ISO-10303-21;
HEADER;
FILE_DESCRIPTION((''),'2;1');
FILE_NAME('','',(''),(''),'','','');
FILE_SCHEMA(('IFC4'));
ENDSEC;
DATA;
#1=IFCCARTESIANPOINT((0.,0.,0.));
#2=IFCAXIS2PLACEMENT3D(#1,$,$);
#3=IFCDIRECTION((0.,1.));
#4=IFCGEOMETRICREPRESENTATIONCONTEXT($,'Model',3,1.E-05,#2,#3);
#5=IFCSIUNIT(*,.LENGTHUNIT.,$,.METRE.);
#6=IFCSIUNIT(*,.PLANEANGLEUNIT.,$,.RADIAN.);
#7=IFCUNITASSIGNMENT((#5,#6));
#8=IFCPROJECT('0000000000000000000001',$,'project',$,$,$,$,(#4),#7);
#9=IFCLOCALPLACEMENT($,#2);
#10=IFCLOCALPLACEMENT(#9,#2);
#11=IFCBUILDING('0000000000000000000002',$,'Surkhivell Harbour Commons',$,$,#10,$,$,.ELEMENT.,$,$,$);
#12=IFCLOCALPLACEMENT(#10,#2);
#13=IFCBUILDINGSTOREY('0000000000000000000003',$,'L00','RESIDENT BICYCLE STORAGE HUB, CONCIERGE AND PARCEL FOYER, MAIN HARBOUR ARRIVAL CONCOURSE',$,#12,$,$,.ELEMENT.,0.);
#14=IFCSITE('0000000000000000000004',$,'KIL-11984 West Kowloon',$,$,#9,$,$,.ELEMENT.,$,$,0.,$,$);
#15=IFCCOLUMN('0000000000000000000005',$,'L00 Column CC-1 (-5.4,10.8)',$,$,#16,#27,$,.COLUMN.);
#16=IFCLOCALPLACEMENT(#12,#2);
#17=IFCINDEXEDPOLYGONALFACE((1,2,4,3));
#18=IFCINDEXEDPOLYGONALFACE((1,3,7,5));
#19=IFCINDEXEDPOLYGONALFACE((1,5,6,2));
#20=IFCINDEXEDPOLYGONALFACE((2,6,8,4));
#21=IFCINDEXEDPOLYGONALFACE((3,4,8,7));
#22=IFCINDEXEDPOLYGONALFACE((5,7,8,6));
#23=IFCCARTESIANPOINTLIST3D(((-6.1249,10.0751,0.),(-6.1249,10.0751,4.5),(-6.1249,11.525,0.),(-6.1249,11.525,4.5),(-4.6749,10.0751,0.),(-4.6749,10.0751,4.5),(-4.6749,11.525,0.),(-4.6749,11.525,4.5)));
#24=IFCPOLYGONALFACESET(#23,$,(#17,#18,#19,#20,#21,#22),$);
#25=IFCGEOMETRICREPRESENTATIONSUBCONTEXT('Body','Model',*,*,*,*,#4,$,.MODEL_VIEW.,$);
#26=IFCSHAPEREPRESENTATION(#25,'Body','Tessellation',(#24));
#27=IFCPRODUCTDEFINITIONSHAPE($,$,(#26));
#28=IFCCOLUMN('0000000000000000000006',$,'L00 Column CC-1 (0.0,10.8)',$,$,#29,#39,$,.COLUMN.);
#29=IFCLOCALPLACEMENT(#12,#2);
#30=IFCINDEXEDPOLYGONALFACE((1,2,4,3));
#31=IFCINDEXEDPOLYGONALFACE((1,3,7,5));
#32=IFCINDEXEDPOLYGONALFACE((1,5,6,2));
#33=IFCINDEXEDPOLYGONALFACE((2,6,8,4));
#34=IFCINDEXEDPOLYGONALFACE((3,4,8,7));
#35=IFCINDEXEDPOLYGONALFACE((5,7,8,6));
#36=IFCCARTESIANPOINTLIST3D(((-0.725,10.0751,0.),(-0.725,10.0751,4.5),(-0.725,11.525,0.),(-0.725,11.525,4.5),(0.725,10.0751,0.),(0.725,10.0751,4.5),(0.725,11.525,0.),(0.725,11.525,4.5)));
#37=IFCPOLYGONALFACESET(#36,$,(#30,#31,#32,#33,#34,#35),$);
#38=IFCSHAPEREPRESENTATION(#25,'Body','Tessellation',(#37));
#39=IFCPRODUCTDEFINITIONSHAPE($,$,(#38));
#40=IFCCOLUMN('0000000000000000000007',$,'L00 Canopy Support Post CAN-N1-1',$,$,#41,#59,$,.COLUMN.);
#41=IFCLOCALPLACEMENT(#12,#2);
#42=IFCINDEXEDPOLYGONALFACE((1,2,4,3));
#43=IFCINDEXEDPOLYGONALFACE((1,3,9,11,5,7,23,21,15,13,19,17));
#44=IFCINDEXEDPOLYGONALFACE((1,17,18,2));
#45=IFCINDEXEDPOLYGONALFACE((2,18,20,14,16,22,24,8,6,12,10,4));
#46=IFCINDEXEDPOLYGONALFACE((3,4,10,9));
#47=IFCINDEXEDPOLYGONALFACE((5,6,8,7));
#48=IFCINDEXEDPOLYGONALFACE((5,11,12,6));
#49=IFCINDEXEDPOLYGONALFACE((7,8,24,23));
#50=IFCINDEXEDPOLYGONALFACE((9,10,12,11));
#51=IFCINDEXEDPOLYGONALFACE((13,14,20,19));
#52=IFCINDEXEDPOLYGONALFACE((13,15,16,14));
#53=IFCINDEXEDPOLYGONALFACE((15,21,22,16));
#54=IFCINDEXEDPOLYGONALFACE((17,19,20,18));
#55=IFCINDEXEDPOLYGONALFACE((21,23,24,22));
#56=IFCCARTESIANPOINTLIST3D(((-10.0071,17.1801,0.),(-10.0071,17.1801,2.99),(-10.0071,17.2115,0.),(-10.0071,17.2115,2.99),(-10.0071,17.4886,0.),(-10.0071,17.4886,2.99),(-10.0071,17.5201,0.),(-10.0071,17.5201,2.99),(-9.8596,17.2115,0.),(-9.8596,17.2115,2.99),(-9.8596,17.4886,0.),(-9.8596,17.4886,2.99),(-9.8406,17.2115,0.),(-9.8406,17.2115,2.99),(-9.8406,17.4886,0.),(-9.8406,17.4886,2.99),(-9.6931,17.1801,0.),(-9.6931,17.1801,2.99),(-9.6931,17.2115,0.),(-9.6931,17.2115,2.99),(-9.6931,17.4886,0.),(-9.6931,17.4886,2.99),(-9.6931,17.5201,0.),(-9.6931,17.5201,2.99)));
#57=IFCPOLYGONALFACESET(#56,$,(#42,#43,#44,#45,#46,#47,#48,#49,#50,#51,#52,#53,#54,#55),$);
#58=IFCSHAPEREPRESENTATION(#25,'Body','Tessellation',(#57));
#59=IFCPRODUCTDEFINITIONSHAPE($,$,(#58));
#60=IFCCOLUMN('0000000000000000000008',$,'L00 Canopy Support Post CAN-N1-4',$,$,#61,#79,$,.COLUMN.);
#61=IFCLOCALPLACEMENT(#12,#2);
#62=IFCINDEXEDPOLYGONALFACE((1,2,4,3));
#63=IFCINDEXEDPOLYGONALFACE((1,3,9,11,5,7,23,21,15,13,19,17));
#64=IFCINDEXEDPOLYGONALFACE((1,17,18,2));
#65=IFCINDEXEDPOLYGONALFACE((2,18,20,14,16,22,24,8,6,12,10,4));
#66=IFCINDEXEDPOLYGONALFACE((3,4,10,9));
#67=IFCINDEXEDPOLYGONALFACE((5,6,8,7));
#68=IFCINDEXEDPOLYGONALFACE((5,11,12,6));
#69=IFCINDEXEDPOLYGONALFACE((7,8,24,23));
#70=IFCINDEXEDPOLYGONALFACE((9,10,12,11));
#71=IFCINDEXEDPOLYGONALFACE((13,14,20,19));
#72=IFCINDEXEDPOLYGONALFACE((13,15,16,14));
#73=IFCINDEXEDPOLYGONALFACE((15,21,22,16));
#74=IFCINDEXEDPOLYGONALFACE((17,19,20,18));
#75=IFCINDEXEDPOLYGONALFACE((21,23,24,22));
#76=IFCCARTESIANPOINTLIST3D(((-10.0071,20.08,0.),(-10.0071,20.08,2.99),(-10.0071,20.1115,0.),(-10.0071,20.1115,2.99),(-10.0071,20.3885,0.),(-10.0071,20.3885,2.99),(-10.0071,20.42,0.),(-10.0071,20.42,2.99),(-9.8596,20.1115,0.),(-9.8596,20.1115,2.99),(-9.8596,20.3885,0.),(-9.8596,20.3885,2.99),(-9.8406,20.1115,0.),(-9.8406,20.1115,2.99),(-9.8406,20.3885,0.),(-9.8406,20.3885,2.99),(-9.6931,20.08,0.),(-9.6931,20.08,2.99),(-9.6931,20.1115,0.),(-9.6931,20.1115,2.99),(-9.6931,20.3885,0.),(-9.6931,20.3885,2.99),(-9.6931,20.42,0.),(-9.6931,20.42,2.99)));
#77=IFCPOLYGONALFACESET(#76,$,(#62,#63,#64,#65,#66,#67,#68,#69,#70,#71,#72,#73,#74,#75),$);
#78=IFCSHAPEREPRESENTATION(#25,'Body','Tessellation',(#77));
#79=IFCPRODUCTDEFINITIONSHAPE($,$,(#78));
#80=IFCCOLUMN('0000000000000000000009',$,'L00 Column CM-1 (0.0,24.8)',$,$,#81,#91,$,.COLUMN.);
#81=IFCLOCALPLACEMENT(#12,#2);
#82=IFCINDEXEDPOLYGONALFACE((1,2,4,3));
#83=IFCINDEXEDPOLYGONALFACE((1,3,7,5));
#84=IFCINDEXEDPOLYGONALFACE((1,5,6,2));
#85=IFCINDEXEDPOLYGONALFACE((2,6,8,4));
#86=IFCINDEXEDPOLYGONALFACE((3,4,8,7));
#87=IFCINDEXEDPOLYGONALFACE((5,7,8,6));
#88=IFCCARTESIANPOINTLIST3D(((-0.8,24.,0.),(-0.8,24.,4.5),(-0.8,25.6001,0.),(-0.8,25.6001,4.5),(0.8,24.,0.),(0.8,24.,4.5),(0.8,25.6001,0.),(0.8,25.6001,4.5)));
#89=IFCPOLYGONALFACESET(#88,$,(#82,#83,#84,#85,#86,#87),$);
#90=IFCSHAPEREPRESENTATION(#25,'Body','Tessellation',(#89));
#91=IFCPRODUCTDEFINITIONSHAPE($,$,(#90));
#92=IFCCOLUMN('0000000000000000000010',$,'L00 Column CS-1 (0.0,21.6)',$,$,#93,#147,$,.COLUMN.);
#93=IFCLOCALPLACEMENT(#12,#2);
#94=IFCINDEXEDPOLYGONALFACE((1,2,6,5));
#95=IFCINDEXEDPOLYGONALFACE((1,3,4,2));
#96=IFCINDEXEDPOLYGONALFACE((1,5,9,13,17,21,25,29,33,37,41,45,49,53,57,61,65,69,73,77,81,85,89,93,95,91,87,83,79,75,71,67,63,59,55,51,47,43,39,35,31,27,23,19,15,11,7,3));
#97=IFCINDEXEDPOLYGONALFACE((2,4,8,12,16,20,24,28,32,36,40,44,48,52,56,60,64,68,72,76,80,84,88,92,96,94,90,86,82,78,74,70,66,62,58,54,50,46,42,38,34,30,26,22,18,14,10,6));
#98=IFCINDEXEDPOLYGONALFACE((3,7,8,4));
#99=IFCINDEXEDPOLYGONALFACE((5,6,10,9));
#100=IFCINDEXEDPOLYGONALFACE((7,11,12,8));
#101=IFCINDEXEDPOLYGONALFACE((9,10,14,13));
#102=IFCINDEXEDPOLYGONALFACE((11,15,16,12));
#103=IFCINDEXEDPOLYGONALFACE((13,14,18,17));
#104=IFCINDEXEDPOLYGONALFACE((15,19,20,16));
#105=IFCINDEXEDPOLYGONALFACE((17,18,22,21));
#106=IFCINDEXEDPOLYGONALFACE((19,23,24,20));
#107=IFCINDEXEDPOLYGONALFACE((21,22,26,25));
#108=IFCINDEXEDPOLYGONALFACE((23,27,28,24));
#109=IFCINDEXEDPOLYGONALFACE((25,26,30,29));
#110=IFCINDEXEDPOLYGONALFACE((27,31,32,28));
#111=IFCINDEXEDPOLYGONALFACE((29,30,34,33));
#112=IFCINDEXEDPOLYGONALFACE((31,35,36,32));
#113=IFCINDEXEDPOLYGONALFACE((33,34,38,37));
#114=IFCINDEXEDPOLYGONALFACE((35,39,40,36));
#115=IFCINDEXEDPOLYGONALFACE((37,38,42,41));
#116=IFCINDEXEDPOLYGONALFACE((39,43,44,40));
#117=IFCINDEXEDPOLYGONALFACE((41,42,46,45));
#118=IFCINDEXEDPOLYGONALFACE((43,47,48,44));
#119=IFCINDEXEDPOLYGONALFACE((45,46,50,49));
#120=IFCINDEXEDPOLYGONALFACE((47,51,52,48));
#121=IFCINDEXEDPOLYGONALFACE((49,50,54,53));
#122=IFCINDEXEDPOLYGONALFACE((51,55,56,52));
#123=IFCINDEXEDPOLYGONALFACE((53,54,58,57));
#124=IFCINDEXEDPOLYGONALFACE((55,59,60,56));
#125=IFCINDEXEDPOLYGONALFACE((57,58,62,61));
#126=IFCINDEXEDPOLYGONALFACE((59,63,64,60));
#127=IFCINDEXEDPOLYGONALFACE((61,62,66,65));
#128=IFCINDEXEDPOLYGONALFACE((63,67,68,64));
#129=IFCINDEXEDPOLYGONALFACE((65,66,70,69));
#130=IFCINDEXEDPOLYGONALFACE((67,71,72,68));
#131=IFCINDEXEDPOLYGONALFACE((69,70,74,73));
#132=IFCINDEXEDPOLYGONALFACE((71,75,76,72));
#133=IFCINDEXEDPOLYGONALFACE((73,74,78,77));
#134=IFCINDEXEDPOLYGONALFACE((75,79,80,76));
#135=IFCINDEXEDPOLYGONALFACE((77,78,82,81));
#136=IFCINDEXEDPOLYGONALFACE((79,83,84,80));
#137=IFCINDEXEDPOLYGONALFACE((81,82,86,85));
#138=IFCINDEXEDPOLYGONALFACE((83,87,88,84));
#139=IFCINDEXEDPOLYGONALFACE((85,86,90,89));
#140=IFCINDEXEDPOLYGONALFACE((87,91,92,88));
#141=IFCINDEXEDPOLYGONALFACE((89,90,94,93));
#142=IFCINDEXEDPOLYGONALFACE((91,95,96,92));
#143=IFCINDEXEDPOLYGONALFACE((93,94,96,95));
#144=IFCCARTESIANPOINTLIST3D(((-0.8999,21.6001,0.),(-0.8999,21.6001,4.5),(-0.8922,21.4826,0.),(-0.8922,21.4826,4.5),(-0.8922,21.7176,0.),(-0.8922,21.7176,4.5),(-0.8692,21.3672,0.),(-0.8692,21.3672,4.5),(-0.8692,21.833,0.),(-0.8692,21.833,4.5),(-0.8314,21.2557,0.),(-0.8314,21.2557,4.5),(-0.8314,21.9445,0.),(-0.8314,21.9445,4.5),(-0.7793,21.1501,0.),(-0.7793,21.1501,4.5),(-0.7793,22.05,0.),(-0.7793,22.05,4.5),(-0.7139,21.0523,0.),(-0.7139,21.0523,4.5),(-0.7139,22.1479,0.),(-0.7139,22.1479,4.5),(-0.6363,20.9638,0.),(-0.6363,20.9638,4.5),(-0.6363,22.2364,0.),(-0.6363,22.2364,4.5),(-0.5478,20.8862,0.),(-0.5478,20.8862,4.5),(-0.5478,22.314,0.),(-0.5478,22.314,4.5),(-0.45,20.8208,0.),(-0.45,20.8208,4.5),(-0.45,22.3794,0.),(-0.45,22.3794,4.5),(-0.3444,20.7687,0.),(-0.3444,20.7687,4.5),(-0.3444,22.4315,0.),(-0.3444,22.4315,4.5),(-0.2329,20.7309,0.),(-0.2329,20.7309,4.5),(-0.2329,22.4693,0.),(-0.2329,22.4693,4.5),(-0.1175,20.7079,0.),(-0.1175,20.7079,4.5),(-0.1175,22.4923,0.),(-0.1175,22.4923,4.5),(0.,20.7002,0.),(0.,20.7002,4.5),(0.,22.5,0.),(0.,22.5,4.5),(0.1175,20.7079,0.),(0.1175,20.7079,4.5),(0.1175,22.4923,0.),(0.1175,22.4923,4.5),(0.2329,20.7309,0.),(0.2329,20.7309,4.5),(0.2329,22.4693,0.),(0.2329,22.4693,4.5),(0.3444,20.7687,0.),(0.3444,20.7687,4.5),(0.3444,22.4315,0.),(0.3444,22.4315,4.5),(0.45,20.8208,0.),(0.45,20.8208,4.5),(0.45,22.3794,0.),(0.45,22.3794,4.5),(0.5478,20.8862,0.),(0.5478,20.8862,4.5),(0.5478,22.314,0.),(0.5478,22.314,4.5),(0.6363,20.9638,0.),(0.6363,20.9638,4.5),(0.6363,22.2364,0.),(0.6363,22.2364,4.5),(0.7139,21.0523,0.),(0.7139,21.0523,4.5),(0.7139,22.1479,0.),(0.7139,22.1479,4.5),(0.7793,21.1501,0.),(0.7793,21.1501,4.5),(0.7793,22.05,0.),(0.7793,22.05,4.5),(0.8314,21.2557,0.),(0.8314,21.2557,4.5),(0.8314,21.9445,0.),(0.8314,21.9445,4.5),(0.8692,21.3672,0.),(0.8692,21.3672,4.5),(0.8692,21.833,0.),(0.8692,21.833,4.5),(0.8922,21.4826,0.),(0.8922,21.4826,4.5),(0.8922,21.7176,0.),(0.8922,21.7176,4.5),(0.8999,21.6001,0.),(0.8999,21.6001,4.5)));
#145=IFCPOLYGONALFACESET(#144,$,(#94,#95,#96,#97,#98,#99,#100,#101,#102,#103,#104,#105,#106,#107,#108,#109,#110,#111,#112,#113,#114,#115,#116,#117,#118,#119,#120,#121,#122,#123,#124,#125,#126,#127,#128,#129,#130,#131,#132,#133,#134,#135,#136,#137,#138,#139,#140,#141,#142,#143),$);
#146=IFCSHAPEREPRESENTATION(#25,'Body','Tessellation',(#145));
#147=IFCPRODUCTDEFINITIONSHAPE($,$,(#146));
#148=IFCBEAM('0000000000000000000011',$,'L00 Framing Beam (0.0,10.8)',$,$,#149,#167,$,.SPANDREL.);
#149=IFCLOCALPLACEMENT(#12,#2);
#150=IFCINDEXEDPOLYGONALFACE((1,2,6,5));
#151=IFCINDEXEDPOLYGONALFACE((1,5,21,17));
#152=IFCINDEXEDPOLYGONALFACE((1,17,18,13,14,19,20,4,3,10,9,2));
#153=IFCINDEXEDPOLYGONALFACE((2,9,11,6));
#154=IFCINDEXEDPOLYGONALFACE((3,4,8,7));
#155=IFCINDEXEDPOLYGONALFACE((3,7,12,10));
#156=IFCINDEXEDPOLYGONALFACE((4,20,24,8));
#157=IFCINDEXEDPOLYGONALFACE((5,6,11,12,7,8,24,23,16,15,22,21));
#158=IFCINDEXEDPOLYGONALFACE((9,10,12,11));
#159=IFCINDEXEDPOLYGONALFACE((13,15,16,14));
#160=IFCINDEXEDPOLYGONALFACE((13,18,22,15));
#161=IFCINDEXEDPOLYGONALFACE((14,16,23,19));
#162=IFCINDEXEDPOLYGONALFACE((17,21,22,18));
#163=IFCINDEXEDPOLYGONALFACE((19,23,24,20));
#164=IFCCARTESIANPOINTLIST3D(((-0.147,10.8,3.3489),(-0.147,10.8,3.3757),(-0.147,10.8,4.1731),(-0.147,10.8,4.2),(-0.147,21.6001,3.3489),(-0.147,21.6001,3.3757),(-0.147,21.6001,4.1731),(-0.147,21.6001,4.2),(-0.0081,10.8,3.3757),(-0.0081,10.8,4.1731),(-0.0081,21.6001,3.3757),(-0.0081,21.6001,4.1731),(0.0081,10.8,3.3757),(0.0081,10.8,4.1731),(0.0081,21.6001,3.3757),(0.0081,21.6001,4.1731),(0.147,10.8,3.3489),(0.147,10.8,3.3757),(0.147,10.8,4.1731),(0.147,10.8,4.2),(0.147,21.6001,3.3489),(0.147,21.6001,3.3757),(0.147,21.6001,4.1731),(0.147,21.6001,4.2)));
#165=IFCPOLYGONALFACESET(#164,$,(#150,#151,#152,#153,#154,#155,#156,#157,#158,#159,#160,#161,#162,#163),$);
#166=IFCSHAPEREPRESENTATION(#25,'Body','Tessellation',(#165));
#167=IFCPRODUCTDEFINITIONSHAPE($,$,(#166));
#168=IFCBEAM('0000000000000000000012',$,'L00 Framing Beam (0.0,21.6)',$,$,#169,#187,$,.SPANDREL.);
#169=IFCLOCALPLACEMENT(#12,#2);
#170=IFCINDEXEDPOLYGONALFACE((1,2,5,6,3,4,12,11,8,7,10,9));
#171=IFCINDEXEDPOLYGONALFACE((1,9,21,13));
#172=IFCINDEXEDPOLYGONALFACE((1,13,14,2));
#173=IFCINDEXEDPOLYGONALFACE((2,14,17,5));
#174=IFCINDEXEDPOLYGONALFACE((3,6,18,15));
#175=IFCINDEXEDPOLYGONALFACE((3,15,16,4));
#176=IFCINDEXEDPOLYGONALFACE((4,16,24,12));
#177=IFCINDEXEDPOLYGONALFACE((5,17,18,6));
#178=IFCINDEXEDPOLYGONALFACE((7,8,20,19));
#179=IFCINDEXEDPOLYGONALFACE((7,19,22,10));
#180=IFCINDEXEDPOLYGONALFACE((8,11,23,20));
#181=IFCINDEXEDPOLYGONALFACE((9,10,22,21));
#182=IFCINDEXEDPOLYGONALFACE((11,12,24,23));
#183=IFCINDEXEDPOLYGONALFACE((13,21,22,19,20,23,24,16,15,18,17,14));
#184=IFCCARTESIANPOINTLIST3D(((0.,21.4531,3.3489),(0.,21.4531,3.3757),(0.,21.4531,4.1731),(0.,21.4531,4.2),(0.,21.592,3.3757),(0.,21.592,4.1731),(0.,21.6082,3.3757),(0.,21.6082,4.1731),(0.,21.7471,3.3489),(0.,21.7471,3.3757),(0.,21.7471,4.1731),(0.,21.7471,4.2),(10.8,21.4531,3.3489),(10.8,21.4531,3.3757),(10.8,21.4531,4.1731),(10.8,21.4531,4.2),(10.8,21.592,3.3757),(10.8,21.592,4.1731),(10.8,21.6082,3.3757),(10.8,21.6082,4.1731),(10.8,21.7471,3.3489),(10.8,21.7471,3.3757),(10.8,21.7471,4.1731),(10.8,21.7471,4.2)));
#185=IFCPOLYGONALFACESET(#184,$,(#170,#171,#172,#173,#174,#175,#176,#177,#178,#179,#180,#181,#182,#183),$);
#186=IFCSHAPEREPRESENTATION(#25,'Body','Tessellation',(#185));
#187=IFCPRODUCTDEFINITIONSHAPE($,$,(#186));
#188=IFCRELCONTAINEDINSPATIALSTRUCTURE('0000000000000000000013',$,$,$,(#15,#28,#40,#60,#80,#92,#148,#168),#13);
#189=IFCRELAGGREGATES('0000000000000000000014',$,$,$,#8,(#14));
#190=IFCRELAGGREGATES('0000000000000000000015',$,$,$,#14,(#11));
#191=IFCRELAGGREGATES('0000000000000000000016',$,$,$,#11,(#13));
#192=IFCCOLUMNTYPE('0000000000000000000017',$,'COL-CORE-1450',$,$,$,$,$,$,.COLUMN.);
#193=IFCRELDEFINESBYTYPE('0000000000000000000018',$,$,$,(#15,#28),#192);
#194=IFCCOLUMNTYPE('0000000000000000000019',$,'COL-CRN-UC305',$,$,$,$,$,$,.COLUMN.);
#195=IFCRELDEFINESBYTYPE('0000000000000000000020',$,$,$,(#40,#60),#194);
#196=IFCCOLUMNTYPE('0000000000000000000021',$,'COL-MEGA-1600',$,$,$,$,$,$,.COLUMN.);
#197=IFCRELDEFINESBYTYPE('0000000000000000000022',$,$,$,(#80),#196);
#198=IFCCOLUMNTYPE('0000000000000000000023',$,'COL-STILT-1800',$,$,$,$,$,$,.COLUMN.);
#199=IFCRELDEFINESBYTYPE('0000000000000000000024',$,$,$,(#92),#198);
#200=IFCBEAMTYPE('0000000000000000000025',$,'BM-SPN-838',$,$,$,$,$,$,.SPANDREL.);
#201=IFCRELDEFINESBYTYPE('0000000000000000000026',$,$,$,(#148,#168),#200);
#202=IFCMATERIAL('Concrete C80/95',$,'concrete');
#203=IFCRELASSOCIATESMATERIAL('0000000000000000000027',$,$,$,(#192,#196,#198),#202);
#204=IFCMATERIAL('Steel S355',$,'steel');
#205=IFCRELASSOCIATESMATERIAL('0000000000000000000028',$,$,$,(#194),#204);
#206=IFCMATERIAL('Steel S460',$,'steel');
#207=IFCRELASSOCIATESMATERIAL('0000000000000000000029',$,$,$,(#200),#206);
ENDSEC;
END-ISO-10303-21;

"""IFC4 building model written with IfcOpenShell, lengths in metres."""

from ifc_helpers import new_model, si_unit, direction, frame, origin, origin_2d, place, context, subcontext, project, spatial, rectangle, circle, i_section, extrude, material, material_profile, profile_set, type_object, element, save


model = new_model("IFC4")

# Units and contexts
model_context = context("Model", 3, precision=1e-05, world=origin(), true_north=direction((0.0, 1.0)))
body_context = subcontext(model_context, "Body", "Model", "MODEL_VIEW")
ifc_project = project(units=[si_unit("LENGTHUNIT", "METRE"), si_unit("PLANEANGLEUNIT", "RADIAN")], contexts=[model_context])

# Site, building, storey
site_placement = place(None, origin())
site = spatial("IfcSite", under=ifc_project, at=site_placement, Name="KIL-11984 West Kowloon", CompositionType="ELEMENT", RefElevation=0.0)
building_placement = place(site_placement, origin())
building = spatial("IfcBuilding", under=site, at=building_placement, Name="Surkhivell Harbour Commons", CompositionType="ELEMENT")
storey_placement = place(building_placement, origin())
storey = spatial("IfcBuildingStorey", under=building, at=storey_placement, Name="L00", Description="RESIDENT BICYCLE STORAGE HUB, CONCIERGE AND PARCEL FOYER, MAIN HARBOUR ARRIVAL CONCOURSE", CompositionType="ELEMENT", Elevation=0.0)

# Columns
ifc_material_1 = material(Name="Concrete C80/95", Category="concrete")
ifc_material_profile_1 = material_profile(ifc_material_1, rectangle(XDim=1.45, YDim=1.45, at=origin_2d()), Name="RC-COL-1450x1450")
ifc_profile_set_1 = profile_set([ifc_material_profile_1], Name="Concrete C80/95")
column_type_1 = type_object("IfcColumnType", Name="COL-CORE-1450", PredefinedType="COLUMN", material=ifc_profile_set_1)
for number, where, z_axis, x_axis, name in (
    (1, (-5.3999, 10.8, 0.0), (0.0, 0.0, 1.0), (1.0, 0.0, 0.0), "L00 Column CC-1 (-5.4,10.8)"),
    (2, (0.0, 10.8, 0.0), (0.0, 0.0, 1.0), (1.0, 0.0, 0.0), "L00 Column CC-1 (0.0,10.8)"),
):
    element("IfcColumn", number, at=place(storey_placement, frame(where, z_axis=z_axis, x_axis=x_axis)), inside=storey, type_object=column_type_1, Name=name, PredefinedType="COLUMN", context=body_context, shape_type="SweptSolid", body=[
        extrude(rectangle(XDim=1.45, YDim=1.45, at=origin_2d()), origin(), (0.0, 0.0, 1.0), 4.5),
    ])
ifc_material_2 = material(Name="Steel S355", Category="steel")
ifc_material_profile_2 = material_profile(ifc_material_2, i_section(OverallWidth=0.314, OverallDepth=0.3401, WebThickness=0.019, FlangeThickness=0.0315, at=origin_2d()), Name="UC305x305x198")
ifc_profile_set_2 = profile_set([ifc_material_profile_2], Name="Steel S355")
column_type_2 = type_object("IfcColumnType", Name="COL-CRN-UC305", PredefinedType="COLUMN", material=ifc_profile_set_2)
for number, where, z_axis, x_axis, name in (
    (3, (-9.8501, 17.3501, 0.0), (0.0, 0.0, 1.0), (1.0, 0.0, 0.0), "L00 Canopy Support Post CAN-N1-1"),
    (4, (-9.8501, 20.25, 0.0), (0.0, 0.0, 1.0), (1.0, 0.0, 0.0), "L00 Canopy Support Post CAN-N1-4"),
):
    element("IfcColumn", number, at=place(storey_placement, frame(where, z_axis=z_axis, x_axis=x_axis)), inside=storey, type_object=column_type_2, Name=name, PredefinedType="COLUMN", context=body_context, shape_type="SweptSolid", body=[
        extrude(i_section(OverallWidth=0.314, OverallDepth=0.3401, WebThickness=0.019, FlangeThickness=0.0315, at=origin_2d()), origin(), (0.0, 0.0, 1.0), 2.99),
    ])
ifc_material_profile_3 = material_profile(ifc_material_1, rectangle(XDim=1.6001, YDim=1.6001, at=origin_2d()), Name="RC-COL-1600x1600")
ifc_profile_set_3 = profile_set([ifc_material_profile_3], Name="Concrete C80/95")
column_type_3 = type_object("IfcColumnType", Name="COL-MEGA-1600", PredefinedType="COLUMN", material=ifc_profile_set_3)
column_1_placement = place(storey_placement, frame((0.0, 24.8, 0.0), z_axis=(0.0, 0.0, 1.0), x_axis=(1.0, 0.0, 0.0)))
element("IfcColumn", 5, at=column_1_placement, inside=storey, type_object=column_type_3, Name="L00 Column CM-1 (0.0,24.8)", PredefinedType="COLUMN", context=body_context, shape_type="SweptSolid", body=[
    extrude(rectangle(XDim=1.6001, YDim=1.6001, at=origin_2d()), origin(), (0.0, 0.0, 1.0), 4.5),
])
ifc_material_profile_4 = material_profile(ifc_material_1, circle(Radius=0.8999, at=origin_2d()), Name="RC-CIRC-1800")
ifc_profile_set_4 = profile_set([ifc_material_profile_4], Name="Concrete C80/95")
column_type_4 = type_object("IfcColumnType", Name="COL-STILT-1800", PredefinedType="COLUMN", material=ifc_profile_set_4)
column_2_placement = place(storey_placement, frame((0.0, 21.6001, 0.0), z_axis=(0.0, 0.0, 1.0), x_axis=(1.0, 0.0, 0.0)))
element("IfcColumn", 6, at=column_2_placement, inside=storey, type_object=column_type_4, Name="L00 Column CS-1 (0.0,21.6)", PredefinedType="COLUMN", context=body_context, shape_type="SweptSolid", body=[
    extrude(circle(Radius=0.8999, at=origin_2d()), origin(), (0.0, 0.0, 1.0), 4.5),
])

# Beams
ifc_material_3 = material(Name="Steel S460", Category="steel")
ifc_material_profile_5 = material_profile(ifc_material_3, i_section(OverallWidth=0.2939, OverallDepth=0.8511, WebThickness=0.0161, FlangeThickness=0.0269, at=origin_2d()), Name="UB838x292x226")
ifc_profile_set_5 = profile_set([ifc_material_profile_5], Name="Steel S460")
beam_type = type_object("IfcBeamType", Name="BM-SPN-838", PredefinedType="SPANDREL", material=ifc_profile_set_5)
for number, where, z_axis, x_axis, name in (
    (7, (0.0, 10.8, 3.7744), (0.0, 1.0, 0.0), (-1.0, 0.0, 0.0), "L00 Framing Beam (0.0,10.8)"),
    (8, (0.0, 21.6001, 3.7744), (1.0, 0.0, 0.0), (0.0, 1.0, 0.0), "L00 Framing Beam (0.0,21.6)"),
):
    element("IfcBeam", number, at=place(storey_placement, frame(where, z_axis=z_axis, x_axis=x_axis)), inside=storey, type_object=beam_type, Name=name, PredefinedType="SPANDREL", context=body_context, shape_type="SweptSolid", body=[
        extrude(i_section(OverallWidth=0.2939, OverallDepth=0.8511, WebThickness=0.0161, FlangeThickness=0.0269, at=origin_2d()), origin(), (0.0, 0.0, 1.0), 10.8),
    ])

save(model, "model.ifc")
